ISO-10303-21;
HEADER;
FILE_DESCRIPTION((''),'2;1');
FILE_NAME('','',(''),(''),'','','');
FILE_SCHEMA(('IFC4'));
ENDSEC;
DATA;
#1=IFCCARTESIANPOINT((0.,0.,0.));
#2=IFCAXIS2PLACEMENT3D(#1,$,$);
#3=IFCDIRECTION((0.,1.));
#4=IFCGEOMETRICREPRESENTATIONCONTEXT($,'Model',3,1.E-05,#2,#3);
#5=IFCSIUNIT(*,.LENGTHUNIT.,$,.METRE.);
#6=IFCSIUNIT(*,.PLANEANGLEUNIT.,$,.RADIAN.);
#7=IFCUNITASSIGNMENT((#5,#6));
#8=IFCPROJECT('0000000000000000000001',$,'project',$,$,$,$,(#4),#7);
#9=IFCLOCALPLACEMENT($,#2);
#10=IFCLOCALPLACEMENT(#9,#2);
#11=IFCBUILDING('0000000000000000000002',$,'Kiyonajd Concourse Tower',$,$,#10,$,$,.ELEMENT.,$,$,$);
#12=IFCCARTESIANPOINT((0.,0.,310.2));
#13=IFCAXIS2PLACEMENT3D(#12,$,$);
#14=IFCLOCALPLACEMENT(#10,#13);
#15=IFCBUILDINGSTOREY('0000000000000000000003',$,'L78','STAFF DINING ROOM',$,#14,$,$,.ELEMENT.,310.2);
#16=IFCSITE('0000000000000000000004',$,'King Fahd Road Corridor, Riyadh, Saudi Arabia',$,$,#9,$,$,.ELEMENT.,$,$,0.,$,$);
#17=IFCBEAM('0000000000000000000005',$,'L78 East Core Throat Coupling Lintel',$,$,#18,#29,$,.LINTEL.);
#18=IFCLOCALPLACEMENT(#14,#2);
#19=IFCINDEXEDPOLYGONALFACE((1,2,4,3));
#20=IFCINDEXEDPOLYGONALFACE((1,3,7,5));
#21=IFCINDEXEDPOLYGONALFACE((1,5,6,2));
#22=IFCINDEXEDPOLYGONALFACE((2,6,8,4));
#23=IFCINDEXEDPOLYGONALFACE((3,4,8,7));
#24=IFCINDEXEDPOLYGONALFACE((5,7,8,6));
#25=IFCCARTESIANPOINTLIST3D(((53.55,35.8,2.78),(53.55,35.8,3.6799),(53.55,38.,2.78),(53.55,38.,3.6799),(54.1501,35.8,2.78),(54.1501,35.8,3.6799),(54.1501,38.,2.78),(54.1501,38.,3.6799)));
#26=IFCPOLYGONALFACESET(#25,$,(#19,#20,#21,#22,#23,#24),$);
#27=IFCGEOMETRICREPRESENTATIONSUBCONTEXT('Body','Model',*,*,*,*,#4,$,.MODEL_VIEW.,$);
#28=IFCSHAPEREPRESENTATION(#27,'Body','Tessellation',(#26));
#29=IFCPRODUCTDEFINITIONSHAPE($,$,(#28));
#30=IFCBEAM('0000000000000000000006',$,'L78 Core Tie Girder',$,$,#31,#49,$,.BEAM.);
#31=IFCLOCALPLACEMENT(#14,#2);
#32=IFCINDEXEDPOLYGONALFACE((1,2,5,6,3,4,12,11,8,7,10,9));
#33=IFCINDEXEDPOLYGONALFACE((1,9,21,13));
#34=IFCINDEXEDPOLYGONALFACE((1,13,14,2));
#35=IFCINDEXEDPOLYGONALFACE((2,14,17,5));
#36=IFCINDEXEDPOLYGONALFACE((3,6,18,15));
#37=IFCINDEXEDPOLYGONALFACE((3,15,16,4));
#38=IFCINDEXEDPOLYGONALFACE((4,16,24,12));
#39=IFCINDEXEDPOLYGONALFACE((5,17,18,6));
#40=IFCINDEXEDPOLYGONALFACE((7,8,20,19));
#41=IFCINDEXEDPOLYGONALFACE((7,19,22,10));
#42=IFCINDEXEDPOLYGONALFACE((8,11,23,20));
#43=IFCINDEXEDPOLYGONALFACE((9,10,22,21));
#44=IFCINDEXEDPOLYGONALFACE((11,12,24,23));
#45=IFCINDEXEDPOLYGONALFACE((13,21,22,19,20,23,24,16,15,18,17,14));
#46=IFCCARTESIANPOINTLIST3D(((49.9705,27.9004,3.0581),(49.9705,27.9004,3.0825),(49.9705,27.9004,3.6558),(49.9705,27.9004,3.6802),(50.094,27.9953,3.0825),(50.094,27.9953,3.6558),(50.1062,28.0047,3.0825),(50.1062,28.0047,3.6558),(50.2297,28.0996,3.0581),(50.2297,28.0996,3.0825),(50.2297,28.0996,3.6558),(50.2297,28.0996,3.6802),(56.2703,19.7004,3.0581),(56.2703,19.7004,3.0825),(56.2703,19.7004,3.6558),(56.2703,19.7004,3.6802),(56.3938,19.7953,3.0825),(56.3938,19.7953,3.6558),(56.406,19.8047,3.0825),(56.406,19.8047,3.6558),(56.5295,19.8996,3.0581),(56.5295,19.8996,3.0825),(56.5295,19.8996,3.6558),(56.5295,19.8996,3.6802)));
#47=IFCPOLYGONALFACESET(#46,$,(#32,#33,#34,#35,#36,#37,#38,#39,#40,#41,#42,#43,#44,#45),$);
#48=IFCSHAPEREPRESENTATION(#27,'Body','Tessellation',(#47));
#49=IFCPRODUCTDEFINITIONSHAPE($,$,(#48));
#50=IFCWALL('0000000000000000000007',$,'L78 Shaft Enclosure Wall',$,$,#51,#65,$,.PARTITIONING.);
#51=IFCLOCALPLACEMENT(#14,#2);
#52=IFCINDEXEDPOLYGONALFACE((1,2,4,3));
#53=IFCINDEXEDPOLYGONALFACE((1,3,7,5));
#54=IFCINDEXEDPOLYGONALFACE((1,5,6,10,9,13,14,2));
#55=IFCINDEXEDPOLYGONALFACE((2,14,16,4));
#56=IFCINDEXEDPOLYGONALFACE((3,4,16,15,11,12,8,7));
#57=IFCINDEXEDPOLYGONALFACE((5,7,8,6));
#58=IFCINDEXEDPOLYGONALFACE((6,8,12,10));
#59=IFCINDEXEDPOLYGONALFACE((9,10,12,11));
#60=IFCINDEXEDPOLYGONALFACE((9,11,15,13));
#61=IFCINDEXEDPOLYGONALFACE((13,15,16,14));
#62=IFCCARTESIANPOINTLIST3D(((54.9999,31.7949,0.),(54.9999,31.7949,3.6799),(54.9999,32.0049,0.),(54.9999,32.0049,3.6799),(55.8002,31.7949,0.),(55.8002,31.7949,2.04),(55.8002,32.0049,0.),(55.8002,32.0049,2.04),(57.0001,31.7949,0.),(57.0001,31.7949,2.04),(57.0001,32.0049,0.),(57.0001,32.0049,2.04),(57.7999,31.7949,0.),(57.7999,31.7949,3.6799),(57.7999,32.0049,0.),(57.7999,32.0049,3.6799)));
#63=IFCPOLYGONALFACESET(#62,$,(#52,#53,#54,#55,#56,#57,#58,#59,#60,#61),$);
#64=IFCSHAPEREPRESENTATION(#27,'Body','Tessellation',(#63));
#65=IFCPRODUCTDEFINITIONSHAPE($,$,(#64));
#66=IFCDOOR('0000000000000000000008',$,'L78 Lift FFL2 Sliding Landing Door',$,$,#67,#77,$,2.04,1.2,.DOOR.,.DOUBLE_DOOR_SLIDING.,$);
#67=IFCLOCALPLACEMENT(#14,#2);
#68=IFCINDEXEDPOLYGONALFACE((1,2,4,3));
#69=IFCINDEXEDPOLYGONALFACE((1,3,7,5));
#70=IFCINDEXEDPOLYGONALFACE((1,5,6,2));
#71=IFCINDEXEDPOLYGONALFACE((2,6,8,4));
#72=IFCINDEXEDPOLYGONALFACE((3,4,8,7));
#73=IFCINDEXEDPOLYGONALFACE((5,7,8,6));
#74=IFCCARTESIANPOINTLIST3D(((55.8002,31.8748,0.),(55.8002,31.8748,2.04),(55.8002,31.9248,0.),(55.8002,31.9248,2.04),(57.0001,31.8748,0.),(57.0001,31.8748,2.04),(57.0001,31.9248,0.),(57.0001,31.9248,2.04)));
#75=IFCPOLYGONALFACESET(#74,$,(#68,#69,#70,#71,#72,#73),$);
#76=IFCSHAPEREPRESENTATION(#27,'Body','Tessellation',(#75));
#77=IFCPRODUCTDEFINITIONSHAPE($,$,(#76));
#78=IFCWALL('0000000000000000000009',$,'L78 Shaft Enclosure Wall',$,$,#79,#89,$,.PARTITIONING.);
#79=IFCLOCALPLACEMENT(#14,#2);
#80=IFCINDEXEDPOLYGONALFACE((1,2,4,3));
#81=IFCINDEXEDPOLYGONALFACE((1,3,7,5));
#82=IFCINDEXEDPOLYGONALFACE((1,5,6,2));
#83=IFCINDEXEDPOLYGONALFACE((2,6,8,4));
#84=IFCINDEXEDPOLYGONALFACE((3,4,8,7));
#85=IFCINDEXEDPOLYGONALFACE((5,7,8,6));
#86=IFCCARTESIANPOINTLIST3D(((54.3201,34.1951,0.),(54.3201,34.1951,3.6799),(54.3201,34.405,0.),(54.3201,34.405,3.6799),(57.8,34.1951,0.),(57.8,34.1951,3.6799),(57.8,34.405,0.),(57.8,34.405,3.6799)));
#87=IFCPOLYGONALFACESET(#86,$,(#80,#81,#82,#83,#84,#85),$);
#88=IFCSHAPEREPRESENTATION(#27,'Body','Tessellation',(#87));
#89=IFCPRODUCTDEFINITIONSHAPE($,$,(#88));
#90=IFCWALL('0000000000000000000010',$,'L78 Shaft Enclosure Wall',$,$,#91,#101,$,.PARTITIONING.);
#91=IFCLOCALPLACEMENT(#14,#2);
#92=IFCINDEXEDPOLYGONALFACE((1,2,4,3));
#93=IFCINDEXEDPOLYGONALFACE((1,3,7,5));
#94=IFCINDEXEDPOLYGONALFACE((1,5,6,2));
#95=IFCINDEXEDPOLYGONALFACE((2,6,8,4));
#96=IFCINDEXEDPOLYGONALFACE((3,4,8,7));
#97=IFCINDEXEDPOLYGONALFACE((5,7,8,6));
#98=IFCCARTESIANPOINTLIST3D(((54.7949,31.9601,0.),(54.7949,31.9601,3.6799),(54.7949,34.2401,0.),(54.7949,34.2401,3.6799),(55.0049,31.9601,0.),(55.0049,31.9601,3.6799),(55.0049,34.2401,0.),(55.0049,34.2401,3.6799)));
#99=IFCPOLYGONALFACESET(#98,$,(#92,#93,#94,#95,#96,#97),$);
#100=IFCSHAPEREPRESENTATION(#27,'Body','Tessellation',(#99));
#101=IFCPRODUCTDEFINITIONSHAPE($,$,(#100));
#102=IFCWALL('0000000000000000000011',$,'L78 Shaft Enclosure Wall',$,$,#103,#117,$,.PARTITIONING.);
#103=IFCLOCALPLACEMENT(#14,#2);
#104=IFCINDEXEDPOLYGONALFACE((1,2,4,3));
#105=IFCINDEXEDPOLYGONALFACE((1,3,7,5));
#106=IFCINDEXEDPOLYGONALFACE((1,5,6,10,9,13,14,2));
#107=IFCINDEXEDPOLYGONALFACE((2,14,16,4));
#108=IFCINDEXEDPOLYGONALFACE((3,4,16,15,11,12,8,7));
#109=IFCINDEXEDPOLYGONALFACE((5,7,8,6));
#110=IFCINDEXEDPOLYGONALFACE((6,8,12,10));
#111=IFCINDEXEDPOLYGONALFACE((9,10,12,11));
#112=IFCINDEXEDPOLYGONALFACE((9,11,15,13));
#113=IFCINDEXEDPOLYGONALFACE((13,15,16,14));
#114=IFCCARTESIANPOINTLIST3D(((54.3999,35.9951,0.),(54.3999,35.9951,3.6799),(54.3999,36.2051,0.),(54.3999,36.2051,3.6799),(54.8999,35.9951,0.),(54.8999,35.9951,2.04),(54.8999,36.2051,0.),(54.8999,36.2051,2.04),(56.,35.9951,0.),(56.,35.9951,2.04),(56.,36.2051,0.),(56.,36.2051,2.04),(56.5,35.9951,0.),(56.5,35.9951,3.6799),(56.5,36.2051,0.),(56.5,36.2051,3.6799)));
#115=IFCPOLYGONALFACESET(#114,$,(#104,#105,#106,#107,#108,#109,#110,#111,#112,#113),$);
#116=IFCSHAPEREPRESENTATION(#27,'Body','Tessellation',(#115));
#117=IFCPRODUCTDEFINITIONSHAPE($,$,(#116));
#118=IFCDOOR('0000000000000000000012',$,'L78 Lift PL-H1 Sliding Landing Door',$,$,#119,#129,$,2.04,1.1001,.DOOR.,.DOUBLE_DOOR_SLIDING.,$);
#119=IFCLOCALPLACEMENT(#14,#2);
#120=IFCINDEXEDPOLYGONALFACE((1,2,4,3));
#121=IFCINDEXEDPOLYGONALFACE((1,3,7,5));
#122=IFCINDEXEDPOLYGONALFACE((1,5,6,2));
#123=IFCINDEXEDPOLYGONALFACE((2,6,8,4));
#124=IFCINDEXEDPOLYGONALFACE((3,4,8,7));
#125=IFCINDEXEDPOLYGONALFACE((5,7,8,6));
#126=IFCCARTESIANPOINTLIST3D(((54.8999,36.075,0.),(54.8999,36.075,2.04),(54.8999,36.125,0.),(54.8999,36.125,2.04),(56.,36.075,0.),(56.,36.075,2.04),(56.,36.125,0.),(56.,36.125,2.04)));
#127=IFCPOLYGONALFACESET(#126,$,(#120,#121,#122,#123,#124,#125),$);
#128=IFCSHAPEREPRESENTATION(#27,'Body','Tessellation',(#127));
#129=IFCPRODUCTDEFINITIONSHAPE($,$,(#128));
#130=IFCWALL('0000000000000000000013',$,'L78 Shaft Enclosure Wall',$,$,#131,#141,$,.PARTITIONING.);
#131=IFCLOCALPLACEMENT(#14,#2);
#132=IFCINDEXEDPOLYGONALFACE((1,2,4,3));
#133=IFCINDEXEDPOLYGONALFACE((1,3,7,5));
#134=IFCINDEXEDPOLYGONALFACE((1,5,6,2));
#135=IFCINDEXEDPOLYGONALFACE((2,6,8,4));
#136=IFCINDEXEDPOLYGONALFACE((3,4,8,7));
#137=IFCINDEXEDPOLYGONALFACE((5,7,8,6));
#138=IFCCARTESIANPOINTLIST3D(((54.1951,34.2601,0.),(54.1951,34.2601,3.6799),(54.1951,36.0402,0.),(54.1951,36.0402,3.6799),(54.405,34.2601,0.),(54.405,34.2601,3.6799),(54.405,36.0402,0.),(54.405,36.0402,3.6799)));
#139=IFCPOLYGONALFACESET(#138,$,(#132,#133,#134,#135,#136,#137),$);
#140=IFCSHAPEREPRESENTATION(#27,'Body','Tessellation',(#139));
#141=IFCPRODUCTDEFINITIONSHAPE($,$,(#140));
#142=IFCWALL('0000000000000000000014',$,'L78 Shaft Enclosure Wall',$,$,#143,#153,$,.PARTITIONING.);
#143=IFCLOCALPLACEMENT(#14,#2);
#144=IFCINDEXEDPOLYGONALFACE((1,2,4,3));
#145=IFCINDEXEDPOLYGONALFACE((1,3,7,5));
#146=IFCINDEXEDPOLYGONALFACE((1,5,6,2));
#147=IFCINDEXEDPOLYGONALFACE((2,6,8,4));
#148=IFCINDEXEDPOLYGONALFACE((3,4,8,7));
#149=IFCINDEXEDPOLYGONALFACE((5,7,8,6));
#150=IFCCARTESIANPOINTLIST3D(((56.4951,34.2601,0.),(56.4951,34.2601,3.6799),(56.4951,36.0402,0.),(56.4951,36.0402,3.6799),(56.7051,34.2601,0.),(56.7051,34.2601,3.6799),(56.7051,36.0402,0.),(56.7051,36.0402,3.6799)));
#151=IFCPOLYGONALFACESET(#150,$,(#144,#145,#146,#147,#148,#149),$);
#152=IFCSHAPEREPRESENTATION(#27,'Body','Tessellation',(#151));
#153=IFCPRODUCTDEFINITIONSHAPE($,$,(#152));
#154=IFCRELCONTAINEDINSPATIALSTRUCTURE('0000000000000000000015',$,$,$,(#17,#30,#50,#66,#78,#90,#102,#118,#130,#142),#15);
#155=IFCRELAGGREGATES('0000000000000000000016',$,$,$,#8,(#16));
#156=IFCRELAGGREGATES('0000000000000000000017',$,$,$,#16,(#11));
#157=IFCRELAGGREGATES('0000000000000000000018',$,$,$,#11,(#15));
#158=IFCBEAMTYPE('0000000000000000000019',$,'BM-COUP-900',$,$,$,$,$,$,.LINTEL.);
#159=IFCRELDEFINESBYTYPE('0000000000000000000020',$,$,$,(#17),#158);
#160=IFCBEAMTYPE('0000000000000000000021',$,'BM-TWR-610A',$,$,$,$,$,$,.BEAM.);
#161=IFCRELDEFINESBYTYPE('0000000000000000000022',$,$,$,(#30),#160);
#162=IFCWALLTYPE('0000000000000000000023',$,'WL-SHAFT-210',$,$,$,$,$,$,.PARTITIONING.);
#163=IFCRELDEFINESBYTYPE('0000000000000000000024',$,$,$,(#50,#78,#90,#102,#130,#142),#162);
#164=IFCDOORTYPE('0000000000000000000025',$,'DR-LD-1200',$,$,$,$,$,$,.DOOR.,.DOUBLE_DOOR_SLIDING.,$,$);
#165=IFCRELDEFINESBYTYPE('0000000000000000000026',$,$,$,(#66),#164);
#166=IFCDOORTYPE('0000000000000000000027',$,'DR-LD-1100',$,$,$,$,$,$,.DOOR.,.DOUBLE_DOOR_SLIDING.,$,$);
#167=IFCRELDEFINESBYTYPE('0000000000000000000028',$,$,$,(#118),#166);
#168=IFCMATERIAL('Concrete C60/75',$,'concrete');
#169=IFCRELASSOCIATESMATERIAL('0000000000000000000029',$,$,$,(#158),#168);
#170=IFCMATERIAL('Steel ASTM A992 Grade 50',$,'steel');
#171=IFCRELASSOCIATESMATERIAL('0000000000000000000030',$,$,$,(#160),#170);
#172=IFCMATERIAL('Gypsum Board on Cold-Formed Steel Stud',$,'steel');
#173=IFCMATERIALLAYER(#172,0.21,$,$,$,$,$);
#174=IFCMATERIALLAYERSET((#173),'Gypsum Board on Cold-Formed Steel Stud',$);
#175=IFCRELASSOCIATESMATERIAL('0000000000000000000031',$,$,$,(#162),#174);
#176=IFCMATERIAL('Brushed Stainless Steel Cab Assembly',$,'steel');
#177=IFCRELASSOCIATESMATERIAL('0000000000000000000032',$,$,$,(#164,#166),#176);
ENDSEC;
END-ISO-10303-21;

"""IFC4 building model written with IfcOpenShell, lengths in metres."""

from ifc_helpers import new_model, si_unit, direction, frame, frame_2d, origin, origin_2d, place, context, subcontext, project, spatial, rectangle, i_section, extrude, material, layer, layer_set, material_profile, profile_set, type_object, element, fill, save


model = new_model("IFC4")

# Units and contexts
model_context = context("Model", 3, precision=1e-05, world=origin(), true_north=direction((0.0, 1.0)))
body_context = subcontext(model_context, "Body", "Model", "MODEL_VIEW")
ifc_project = project(units=[si_unit("LENGTHUNIT", "METRE"), si_unit("PLANEANGLEUNIT", "RADIAN")], contexts=[model_context])

# Site, building, storey
site_placement = place(None, origin())
site = spatial("IfcSite", under=ifc_project, at=site_placement, Name="King Fahd Road Corridor, Riyadh, Saudi Arabia", CompositionType="ELEMENT", RefElevation=0.0)
building_placement = place(site_placement, origin())
building = spatial("IfcBuilding", under=site, at=building_placement, Name="Kiyonajd Concourse Tower", CompositionType="ELEMENT")
storey_placement = place(building_placement, frame((0.0, 0.0, 310.2)))
storey = spatial("IfcBuildingStorey", under=building, at=storey_placement, Name="L78", Description="STAFF DINING ROOM", CompositionType="ELEMENT", Elevation=310.2)

# Beams
ifc_material_1 = material(Name="Concrete C60/75", Category="concrete")
ifc_material_profile_1 = material_profile(ifc_material_1, rectangle(XDim=0.6001, YDim=0.8999, at=origin_2d()), Name="RCBM-600x900")
ifc_profile_set_1 = profile_set([ifc_material_profile_1], Name="Concrete C60/75")
beam_type_1 = type_object("IfcBeamType", Name="BM-COUP-900", PredefinedType="LINTEL", material=ifc_profile_set_1)
beam_1_placement = place(storey_placement, frame((53.8501, 35.8, 3.23), z_axis=(0.0, 1.0, 0.0), x_axis=(-1.0, 0.0, 0.0)))
element("IfcBeam", 1, at=beam_1_placement, inside=storey, type_object=beam_type_1, Name="L78 East Core Throat Coupling Lintel", PredefinedType="LINTEL", context=body_context, shape_type="SweptSolid", body=[
    extrude(rectangle(XDim=0.6001, YDim=0.8999, at=origin_2d()), origin(), (0.0, 0.0, 1.0), 2.2),
])
ifc_material_2 = material(Name="Steel ASTM A992 Grade 50", Category="steel")
ifc_material_profile_2 = material_profile(ifc_material_2, i_section(OverallWidth=0.3269, OverallDepth=0.6221, WebThickness=0.0154, FlangeThickness=0.0244, at=origin_2d()), Name="W610X195")
ifc_profile_set_2 = profile_set([ifc_material_profile_2], Name="Steel ASTM A992 Grade 50")
beam_type_2 = type_object("IfcBeamType", Name="BM-TWR-610A", PredefinedType="BEAM", material=ifc_profile_set_2)
beam_2_placement = place(storey_placement, frame((50.1001, 28.0, 3.3691), z_axis=(0.609234, -0.792991, 0.0), x_axis=(0.792991, 0.609234, 0.0)))
element("IfcBeam", 2, at=beam_2_placement, inside=storey, type_object=beam_type_2, Name="L78 Core Tie Girder", PredefinedType="BEAM", context=body_context, shape_type="SweptSolid", body=[
    extrude(i_section(OverallWidth=0.3269, OverallDepth=0.6221, WebThickness=0.0154, FlangeThickness=0.0244, at=origin_2d()), origin(), (0.0, 0.0, 1.0), 10.3406),
])

# Wall, opening, door
ifc_material_3 = material(Name="Gypsum Board on Cold-Formed Steel Stud", Category="steel")
ifc_layer_1 = layer(ifc_material_3, 0.21)
ifc_layer_set_1 = layer_set([ifc_layer_1], Name="Gypsum Board on Cold-Formed Steel Stud")
wall_type_1 = type_object("IfcWallType", Name="WL-SHAFT-210", PredefinedType="PARTITIONING", material=ifc_layer_set_1)
wall_1_placement = place(storey_placement, frame((55.0, 31.8999, 0.0), z_axis=(0.0, 0.0, 1.0), x_axis=(1.0, 0.0, 0.0)))
wall_1 = element("IfcWall", 3, at=wall_1_placement, inside=storey, type_object=wall_type_1, Name="L78 Shaft Enclosure Wall", PredefinedType="PARTITIONING", context=body_context, shape_type="SweptSolid", body=[
    extrude(rectangle(XDim=2.8, YDim=0.21, at=frame_2d((1.3999, 0.0))), origin(), (0.0, 0.0, 1.0), 3.6799),
])
opening_1_placement = place(wall_1_placement, frame((0.8, 0.0, 0.0)))
opening_1 = element("IfcOpeningElement", 4, at=opening_1_placement, cuts=wall_1, PredefinedType="OPENING", context=body_context, shape_type="SweptSolid", body=[
    extrude(rectangle(XDim=1.2, YDim=2.04, at=frame_2d((0.6001, 1.02))), frame((0.0, 0.115, 0.0), z_axis=(0.0, -1.0, 0.0), x_axis=(1.0, 0.0, 0.0)), (0.0, 0.0, 1.0), 0.23),
])
ifc_material_4 = material(Name="Brushed Stainless Steel Cab Assembly", Category="steel")
door_type_1 = type_object("IfcDoorType", Name="DR-LD-1200", OperationType="DOUBLE_DOOR_SLIDING", PredefinedType="DOOR", material=ifc_material_4)
door_1_placement = place(opening_1_placement, origin())
door_1 = element("IfcDoor", 5, at=door_1_placement, inside=storey, type_object=door_type_1, Name="L78 Lift FFL2 Sliding Landing Door", OperationType="DOUBLE_DOOR_SLIDING", OverallHeight=2.04, OverallWidth=1.2, PredefinedType="DOOR", context=body_context, shape_type="SweptSolid", body=[
    extrude(rectangle(XDim=1.2, YDim=2.04, at=frame_2d((0.6001, 1.02))), frame((0.0, 0.0249, 0.0), z_axis=(0.0, -1.0, 0.0), x_axis=(1.0, 0.0, 0.0)), (0.0, 0.0, 1.0), 0.05),
])
fill(opening_1, door_1)

# Walls
wall_2_placement = place(storey_placement, frame((54.3201, 34.3, 0.0), z_axis=(0.0, 0.0, 1.0), x_axis=(1.0, 0.0, 0.0)))
element("IfcWall", 6, at=wall_2_placement, inside=storey, type_object=wall_type_1, Name="L78 Shaft Enclosure Wall", PredefinedType="PARTITIONING", context=body_context, shape_type="SweptSolid", body=[
    extrude(rectangle(XDim=3.48, YDim=0.21, at=frame_2d((1.74, 0.0))), origin(), (0.0, 0.0, 1.0), 3.6799),
])
wall_3_placement = place(storey_placement, frame((54.8999, 31.96, 0.0), z_axis=(0.0, 0.0, 1.0), x_axis=(0.0, 1.0, 0.0)))
element("IfcWall", 7, at=wall_3_placement, inside=storey, type_object=wall_type_1, Name="L78 Shaft Enclosure Wall", PredefinedType="PARTITIONING", context=body_context, shape_type="SweptSolid", body=[
    extrude(rectangle(XDim=2.28, YDim=0.21, at=frame_2d((1.1401, 0.0))), origin(), (0.0, 0.0, 1.0), 3.6799),
])

# Wall, opening, door
wall_4_placement = place(storey_placement, frame((54.3999, 36.1001, 0.0), z_axis=(0.0, 0.0, 1.0), x_axis=(1.0, 0.0, 0.0)))
wall_4 = element("IfcWall", 8, at=wall_4_placement, inside=storey, type_object=wall_type_1, Name="L78 Shaft Enclosure Wall", PredefinedType="PARTITIONING", context=body_context, shape_type="SweptSolid", body=[
    extrude(rectangle(XDim=2.1001, YDim=0.21, at=frame_2d((1.05, 0.0))), origin(), (0.0, 0.0, 1.0), 3.6799),
])
opening_2_placement = place(wall_4_placement, frame((0.5, 0.0, 0.0)))
opening_2 = element("IfcOpeningElement", 9, at=opening_2_placement, cuts=wall_4, PredefinedType="OPENING", context=body_context, shape_type="SweptSolid", body=[
    extrude(rectangle(XDim=1.1001, YDim=2.04, at=frame_2d((0.55, 1.02))), frame((0.0, 0.115, 0.0), z_axis=(0.0, -1.0, 0.0), x_axis=(1.0, 0.0, 0.0)), (0.0, 0.0, 1.0), 0.23),
])
door_type_2 = type_object("IfcDoorType", Name="DR-LD-1100", OperationType="DOUBLE_DOOR_SLIDING", PredefinedType="DOOR", material=ifc_material_4)
door_2_placement = place(opening_2_placement, origin())
door_2 = element("IfcDoor", 10, at=door_2_placement, inside=storey, type_object=door_type_2, Name="L78 Lift PL-H1 Sliding Landing Door", OperationType="DOUBLE_DOOR_SLIDING", OverallHeight=2.04, OverallWidth=1.1001, PredefinedType="DOOR", context=body_context, shape_type="SweptSolid", body=[
    extrude(rectangle(XDim=1.1001, YDim=2.04, at=frame_2d((0.55, 1.02))), frame((0.0, 0.0249, 0.0), z_axis=(0.0, -1.0, 0.0), x_axis=(1.0, 0.0, 0.0)), (0.0, 0.0, 1.0), 0.05),
])
fill(opening_2, door_2)

# Walls
for number, where, z_axis, x_axis, name in (
    (11, (54.3, 34.26, 0.0), (0.0, 0.0, 1.0), (0.0, 1.0, 0.0), "L78 Shaft Enclosure Wall"),
    (12, (56.6001, 34.26, 0.0), (0.0, 0.0, 1.0), (0.0, 1.0, 0.0), "L78 Shaft Enclosure Wall"),
):
    element("IfcWall", number, at=place(storey_placement, frame(where, z_axis=z_axis, x_axis=x_axis)), inside=storey, type_object=wall_type_1, Name=name, PredefinedType="PARTITIONING", context=body_context, shape_type="SweptSolid", body=[
        extrude(rectangle(XDim=1.78, YDim=0.21, at=frame_2d((0.8901, 0.0))), origin(), (0.0, 0.0, 1.0), 3.6799),
    ])

save(model, "model.ifc")
